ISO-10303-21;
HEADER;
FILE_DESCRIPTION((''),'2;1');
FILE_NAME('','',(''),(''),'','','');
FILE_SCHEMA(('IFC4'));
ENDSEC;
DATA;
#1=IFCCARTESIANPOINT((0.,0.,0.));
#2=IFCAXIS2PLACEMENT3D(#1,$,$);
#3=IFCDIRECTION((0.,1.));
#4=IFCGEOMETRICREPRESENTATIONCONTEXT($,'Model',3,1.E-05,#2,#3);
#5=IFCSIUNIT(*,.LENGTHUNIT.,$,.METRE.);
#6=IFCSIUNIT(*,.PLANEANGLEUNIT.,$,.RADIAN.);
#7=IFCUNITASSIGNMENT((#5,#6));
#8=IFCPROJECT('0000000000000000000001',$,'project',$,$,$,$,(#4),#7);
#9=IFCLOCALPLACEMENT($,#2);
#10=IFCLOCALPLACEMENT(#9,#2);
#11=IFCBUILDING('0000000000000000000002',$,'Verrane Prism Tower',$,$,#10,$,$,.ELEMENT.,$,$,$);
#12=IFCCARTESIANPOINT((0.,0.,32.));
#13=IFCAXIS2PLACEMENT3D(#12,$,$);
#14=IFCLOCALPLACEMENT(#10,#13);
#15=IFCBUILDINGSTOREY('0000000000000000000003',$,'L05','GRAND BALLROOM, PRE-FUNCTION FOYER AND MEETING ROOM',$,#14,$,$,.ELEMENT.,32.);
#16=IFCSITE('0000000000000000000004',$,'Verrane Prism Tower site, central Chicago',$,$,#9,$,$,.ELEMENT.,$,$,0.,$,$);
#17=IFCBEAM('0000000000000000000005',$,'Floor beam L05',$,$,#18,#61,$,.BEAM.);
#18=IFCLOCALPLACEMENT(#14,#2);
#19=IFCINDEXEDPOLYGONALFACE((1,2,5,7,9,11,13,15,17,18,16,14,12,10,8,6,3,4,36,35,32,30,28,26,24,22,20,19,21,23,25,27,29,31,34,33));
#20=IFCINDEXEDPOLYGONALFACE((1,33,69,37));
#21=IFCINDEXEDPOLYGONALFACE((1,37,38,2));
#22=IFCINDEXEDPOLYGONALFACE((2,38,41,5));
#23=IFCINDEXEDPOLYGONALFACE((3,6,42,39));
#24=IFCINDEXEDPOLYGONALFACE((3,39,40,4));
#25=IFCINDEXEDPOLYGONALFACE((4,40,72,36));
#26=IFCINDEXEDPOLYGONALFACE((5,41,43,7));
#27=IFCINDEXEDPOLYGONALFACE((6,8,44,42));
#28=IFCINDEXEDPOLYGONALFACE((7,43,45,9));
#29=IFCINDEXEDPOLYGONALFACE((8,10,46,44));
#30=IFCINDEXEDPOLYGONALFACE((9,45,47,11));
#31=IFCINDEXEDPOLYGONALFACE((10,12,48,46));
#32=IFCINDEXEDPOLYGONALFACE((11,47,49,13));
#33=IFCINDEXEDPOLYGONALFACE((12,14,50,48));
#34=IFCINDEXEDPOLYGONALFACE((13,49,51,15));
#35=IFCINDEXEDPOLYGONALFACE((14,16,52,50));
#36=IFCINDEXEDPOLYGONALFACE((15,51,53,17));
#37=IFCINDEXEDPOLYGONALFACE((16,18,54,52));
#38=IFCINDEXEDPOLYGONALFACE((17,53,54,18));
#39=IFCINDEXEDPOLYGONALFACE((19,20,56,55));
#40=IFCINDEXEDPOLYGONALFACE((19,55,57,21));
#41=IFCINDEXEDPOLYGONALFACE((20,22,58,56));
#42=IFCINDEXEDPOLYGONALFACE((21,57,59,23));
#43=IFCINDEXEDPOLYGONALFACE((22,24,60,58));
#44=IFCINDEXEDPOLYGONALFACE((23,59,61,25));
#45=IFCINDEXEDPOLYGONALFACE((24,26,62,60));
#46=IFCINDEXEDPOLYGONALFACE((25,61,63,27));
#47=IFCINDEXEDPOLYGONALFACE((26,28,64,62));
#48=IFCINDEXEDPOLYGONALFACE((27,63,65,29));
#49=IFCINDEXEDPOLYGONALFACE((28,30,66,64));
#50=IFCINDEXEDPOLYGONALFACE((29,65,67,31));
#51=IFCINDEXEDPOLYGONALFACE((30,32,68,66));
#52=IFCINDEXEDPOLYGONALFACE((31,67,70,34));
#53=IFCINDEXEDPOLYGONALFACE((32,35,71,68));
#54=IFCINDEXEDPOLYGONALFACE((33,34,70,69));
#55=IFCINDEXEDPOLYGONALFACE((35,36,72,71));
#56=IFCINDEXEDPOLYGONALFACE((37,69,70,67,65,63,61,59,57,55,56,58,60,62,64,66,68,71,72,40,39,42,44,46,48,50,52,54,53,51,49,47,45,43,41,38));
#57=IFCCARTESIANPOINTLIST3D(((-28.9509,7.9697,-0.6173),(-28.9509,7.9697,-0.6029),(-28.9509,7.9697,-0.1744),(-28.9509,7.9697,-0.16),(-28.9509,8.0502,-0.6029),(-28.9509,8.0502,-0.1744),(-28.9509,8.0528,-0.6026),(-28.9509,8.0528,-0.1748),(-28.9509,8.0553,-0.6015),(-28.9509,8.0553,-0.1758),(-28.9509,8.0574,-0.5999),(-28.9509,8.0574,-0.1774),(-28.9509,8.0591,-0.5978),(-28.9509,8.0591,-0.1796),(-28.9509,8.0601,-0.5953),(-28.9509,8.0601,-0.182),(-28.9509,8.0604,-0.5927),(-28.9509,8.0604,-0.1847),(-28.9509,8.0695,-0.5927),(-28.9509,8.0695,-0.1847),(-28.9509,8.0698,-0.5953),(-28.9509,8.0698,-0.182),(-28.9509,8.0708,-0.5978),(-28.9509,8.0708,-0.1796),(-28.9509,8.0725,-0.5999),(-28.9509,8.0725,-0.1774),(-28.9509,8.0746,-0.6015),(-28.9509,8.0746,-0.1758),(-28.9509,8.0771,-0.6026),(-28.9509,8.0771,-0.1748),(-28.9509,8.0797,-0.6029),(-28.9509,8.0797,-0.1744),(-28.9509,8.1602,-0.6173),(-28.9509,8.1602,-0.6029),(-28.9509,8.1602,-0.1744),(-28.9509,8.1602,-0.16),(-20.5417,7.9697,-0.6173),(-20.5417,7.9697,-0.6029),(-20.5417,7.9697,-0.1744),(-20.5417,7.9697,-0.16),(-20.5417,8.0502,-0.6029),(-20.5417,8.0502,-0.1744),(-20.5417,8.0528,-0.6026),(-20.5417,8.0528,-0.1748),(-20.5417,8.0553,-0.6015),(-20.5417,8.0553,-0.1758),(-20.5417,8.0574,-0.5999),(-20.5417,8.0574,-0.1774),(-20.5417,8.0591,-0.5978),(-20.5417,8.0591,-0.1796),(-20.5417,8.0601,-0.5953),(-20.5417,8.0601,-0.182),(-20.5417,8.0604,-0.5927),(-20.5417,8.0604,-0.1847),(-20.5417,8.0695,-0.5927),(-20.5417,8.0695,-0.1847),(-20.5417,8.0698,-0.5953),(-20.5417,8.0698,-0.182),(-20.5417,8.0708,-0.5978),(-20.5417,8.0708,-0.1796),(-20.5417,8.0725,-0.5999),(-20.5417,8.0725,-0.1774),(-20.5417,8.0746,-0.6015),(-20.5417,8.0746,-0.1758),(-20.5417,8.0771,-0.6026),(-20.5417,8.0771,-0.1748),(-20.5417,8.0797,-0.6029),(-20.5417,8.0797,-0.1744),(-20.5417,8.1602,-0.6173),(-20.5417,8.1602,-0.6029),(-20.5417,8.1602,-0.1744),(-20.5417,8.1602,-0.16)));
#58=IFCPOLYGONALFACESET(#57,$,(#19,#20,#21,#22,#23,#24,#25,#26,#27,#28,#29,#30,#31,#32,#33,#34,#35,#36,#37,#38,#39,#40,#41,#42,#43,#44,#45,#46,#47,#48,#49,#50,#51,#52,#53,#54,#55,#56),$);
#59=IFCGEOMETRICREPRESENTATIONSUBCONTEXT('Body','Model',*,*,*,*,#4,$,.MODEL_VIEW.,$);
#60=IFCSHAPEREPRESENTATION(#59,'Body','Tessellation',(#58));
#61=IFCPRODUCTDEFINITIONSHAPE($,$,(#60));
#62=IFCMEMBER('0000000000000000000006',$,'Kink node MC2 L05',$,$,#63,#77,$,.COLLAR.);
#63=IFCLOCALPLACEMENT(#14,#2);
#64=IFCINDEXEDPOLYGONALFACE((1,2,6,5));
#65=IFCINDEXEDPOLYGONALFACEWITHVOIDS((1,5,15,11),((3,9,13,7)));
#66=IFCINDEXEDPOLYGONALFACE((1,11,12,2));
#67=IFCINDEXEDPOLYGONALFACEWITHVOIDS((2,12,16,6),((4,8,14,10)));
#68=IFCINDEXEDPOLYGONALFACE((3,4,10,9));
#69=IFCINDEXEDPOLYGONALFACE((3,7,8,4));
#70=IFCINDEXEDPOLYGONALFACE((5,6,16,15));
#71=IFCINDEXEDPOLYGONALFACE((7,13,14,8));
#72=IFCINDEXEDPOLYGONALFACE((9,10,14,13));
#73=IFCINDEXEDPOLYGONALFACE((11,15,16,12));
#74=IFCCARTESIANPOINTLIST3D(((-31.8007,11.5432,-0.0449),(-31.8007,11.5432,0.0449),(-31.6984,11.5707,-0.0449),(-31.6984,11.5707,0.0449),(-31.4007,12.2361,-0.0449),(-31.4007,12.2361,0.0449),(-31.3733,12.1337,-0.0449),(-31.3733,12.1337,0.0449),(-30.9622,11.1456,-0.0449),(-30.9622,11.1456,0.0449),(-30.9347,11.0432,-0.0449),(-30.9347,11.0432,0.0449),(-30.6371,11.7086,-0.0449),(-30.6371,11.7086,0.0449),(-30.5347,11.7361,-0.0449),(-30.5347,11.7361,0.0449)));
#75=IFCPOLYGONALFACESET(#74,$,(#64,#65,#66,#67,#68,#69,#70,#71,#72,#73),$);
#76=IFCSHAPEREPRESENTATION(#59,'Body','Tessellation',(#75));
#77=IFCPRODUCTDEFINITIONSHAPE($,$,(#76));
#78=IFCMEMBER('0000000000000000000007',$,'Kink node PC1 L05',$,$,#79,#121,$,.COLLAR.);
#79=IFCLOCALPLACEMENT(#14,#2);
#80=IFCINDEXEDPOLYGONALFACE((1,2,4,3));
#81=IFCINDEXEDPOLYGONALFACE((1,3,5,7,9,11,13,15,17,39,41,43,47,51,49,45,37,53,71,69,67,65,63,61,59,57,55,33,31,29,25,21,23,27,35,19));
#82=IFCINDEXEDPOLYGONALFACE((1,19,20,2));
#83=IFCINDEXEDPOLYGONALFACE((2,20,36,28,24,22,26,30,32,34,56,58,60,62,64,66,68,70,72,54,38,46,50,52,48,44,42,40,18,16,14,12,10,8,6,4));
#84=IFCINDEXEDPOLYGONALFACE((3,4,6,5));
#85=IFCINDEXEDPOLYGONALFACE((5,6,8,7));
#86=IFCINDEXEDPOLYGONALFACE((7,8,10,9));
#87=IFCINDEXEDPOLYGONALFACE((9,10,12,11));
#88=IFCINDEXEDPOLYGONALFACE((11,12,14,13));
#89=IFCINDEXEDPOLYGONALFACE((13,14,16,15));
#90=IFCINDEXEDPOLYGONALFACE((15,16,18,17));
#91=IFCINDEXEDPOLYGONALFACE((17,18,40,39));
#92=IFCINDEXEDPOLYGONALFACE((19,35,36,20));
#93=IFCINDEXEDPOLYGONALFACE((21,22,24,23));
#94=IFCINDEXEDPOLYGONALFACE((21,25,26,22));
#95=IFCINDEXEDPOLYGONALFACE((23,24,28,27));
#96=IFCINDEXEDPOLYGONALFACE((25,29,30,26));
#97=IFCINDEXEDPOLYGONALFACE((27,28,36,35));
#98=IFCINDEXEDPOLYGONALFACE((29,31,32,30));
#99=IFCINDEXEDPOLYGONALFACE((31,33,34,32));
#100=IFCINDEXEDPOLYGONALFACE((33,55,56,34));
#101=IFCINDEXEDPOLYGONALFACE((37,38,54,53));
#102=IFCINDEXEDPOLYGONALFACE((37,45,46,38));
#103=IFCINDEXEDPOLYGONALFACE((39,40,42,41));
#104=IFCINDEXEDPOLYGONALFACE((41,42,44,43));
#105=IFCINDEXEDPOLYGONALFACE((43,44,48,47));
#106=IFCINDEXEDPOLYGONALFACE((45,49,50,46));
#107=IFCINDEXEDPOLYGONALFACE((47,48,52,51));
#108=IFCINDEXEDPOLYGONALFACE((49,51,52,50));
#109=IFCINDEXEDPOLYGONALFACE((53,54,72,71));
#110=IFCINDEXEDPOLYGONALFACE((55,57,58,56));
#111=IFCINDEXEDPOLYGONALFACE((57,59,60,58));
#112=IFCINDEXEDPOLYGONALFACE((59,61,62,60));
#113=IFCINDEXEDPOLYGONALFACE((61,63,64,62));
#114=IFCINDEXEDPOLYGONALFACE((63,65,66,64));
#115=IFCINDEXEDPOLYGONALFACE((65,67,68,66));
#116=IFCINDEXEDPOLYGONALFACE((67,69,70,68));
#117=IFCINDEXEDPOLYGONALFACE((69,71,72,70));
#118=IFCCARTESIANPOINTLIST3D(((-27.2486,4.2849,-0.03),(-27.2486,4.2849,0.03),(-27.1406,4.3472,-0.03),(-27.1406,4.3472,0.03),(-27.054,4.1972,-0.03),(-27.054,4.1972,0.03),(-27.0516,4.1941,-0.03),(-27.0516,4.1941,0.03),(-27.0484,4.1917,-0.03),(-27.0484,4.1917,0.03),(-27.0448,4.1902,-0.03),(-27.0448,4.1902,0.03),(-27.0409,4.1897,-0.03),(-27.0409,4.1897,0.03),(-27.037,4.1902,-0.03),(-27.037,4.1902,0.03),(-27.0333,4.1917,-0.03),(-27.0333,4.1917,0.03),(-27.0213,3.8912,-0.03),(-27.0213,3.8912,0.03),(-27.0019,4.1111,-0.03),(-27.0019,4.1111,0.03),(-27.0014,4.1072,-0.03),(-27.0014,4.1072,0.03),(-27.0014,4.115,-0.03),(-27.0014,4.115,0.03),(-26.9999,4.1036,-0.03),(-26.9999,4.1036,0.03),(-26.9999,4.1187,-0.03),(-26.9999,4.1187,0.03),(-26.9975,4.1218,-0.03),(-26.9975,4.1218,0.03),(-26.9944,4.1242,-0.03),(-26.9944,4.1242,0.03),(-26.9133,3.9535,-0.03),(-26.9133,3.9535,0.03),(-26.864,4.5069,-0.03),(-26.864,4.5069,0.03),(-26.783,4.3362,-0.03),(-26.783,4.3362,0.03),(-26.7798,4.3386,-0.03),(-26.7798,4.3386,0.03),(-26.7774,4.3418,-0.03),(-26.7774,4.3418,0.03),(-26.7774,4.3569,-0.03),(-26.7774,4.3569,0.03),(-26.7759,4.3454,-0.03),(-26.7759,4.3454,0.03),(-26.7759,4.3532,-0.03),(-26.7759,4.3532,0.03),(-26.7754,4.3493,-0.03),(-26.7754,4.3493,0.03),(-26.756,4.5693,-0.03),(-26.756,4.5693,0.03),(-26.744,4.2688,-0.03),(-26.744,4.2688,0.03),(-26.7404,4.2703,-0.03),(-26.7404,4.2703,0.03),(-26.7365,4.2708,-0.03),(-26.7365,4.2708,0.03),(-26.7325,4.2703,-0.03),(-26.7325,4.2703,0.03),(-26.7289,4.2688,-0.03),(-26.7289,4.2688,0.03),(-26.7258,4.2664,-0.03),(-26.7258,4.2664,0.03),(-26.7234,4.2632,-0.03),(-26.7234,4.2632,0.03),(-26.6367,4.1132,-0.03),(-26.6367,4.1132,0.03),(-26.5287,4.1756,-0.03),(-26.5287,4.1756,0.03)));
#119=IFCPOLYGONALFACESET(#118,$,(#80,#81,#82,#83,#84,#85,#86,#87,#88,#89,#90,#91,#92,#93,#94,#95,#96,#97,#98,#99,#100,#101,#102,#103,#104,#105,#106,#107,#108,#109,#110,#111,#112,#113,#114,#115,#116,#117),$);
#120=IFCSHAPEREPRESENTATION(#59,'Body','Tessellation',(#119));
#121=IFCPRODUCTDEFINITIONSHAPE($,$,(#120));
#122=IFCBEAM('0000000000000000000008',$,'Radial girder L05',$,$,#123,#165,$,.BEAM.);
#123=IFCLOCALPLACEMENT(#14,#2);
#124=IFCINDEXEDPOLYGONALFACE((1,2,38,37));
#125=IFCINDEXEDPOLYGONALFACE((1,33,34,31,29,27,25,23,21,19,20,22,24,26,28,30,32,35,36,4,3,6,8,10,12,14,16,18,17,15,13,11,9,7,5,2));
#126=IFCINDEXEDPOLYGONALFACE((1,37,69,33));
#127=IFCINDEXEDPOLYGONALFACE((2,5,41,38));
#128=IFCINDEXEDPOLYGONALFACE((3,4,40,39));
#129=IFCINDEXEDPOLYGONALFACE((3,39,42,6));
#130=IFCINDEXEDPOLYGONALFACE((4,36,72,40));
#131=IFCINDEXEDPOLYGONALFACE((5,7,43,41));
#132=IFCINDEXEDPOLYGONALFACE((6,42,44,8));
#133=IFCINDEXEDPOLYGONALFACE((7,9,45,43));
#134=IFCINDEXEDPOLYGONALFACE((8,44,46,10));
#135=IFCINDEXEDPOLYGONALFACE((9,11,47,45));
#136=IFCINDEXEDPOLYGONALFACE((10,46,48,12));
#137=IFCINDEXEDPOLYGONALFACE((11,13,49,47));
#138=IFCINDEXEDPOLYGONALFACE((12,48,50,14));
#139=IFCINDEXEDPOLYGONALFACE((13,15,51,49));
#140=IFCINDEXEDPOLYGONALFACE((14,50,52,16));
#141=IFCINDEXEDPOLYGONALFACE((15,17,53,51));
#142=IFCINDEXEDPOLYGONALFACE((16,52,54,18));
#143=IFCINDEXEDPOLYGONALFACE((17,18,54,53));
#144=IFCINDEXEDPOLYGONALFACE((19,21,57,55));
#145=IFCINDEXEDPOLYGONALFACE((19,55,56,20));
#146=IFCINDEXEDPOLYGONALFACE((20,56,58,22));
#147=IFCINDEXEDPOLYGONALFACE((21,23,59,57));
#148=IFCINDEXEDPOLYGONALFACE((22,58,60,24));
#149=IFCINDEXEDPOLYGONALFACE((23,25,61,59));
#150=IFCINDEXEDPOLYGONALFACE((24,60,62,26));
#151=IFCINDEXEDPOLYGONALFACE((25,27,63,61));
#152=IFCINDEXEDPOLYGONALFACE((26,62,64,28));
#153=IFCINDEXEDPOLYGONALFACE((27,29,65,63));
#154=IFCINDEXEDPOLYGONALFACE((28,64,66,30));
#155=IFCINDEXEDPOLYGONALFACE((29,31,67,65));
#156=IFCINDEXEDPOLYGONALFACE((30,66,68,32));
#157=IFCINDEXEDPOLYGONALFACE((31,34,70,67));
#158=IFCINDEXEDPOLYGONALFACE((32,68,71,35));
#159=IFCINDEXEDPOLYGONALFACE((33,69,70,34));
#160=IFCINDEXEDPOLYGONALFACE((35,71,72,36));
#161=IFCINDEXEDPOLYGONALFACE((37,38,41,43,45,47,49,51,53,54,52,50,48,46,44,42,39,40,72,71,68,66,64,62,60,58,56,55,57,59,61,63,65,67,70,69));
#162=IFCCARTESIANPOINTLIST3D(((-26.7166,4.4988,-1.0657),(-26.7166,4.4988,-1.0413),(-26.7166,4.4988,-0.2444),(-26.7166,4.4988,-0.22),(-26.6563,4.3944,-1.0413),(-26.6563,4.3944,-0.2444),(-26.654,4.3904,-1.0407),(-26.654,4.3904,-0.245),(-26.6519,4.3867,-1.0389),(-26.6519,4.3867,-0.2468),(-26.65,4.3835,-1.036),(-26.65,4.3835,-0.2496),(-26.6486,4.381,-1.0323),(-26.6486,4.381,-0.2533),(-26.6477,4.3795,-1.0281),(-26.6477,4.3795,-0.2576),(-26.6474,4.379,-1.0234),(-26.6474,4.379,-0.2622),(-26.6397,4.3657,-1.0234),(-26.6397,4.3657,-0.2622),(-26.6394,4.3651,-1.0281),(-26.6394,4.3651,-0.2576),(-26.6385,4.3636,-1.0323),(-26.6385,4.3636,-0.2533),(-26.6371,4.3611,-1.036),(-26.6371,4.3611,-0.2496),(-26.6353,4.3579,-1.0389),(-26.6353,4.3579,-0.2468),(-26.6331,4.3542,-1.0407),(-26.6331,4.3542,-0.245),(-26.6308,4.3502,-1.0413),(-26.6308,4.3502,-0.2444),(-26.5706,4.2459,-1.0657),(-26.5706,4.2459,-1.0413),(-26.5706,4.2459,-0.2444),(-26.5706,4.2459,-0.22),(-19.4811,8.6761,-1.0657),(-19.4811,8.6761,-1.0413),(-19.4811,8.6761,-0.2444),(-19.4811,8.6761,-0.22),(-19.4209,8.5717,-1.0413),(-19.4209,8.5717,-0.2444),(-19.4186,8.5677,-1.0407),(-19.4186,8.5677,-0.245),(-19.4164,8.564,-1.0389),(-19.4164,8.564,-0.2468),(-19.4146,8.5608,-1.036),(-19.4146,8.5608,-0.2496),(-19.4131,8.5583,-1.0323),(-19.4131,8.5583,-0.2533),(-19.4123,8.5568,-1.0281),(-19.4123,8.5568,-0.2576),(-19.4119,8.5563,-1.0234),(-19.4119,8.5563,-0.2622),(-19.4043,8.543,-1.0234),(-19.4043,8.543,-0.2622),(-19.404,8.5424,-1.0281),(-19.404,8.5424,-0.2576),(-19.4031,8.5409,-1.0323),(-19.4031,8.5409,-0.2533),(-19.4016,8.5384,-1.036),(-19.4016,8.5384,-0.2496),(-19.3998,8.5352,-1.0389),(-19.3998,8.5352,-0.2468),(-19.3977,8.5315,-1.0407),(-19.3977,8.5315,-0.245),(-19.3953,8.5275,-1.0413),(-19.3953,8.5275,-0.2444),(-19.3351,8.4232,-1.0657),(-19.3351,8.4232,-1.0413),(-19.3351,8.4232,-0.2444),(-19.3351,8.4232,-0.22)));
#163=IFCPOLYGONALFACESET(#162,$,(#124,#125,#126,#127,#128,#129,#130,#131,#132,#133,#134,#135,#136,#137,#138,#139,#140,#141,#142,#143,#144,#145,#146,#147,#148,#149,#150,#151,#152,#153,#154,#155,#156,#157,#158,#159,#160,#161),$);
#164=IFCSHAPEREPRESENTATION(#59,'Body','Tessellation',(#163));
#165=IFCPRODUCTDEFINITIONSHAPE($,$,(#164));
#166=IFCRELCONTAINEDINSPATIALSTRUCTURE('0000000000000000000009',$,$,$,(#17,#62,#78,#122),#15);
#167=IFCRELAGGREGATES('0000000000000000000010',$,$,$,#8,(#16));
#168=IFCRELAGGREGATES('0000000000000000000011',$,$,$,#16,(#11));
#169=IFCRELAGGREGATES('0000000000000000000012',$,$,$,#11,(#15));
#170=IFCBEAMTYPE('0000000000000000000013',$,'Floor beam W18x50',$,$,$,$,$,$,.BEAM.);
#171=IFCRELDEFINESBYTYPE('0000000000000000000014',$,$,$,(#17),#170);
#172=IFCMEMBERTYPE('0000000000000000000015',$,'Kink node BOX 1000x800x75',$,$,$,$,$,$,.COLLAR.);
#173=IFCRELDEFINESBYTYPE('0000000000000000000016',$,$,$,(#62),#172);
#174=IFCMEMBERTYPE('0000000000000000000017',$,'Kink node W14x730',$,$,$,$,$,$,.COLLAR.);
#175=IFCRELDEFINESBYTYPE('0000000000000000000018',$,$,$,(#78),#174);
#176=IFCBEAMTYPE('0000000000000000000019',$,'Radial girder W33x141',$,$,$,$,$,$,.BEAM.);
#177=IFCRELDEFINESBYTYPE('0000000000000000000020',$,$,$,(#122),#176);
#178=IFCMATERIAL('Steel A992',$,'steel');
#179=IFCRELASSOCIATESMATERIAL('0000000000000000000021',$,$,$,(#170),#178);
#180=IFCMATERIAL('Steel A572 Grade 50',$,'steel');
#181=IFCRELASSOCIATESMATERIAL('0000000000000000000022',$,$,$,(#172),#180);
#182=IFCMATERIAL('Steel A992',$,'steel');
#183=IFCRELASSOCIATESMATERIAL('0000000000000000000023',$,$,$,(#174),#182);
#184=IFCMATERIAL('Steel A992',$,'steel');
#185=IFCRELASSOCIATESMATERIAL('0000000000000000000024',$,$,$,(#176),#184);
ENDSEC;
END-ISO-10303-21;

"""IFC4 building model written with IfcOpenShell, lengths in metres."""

from ifc_helpers import new_model, si_unit, direction, frame, origin, origin_2d, place, context, subcontext, project, spatial, hollow_rectangle, i_section, extrude, material, material_profile, profile_set, type_object, element, save


model = new_model("IFC4")

# Units and contexts
model_context = context("Model", 3, precision=1e-05, world=origin(), true_north=direction((0.0, 1.0)))
body_context = subcontext(model_context, "Body", "Model", "MODEL_VIEW")
ifc_project = project(units=[si_unit("LENGTHUNIT", "METRE"), si_unit("PLANEANGLEUNIT", "RADIAN")], contexts=[model_context])

# Site, building, storey
site_placement = place(None, origin())
site = spatial("IfcSite", under=ifc_project, at=site_placement, Name="Verrane Prism Tower site, central Chicago", CompositionType="ELEMENT", RefElevation=0.0)
building_placement = place(site_placement, origin())
building = spatial("IfcBuilding", under=site, at=building_placement, Name="Verrane Prism Tower", CompositionType="ELEMENT")
storey_placement = place(building_placement, frame((0.0, 0.0, 32.0)))
storey = spatial("IfcBuildingStorey", under=building, at=storey_placement, Name="L05", Description="GRAND BALLROOM, PRE-FUNCTION FOYER AND MEETING ROOM", CompositionType="ELEMENT", Elevation=32.0)

# Beam
ifc_material_1 = material(Name="Steel A992", Category="steel")
ifc_material_profile_1 = material_profile(ifc_material_1, i_section(OverallWidth=0.1904, OverallDepth=0.4573, WebThickness=0.009, FlangeThickness=0.0144, FilletRadius=0.0103, at=origin_2d()), Name="W18x50")
ifc_profile_set_1 = profile_set([ifc_material_profile_1], Name="Steel A992")
beam_type_1 = type_object("IfcBeamType", Name="Floor beam W18x50", PredefinedType="BEAM", material=ifc_profile_set_1)
beam_1_placement = place(storey_placement, frame((-28.9509, 8.0649, -0.3887), z_axis=(1.0, 0.0, 0.0), x_axis=(0.0, 1.0, 0.0)))
element("IfcBeam", 1, at=beam_1_placement, inside=storey, type_object=beam_type_1, Name="Floor beam L05", PredefinedType="BEAM", context=body_context, shape_type="SweptSolid", body=[
    extrude(i_section(OverallWidth=0.1904, OverallDepth=0.4573, WebThickness=0.009, FlangeThickness=0.0144, FilletRadius=0.0103, at=origin_2d()), origin(), (0.0, 0.0, 1.0), 8.4092),
])

# Members
ifc_material_2 = material(Name="Steel A572 Grade 50", Category="steel")
ifc_material_profile_2 = material_profile(ifc_material_2, hollow_rectangle(XDim=0.8, YDim=1.0, WallThickness=0.075, at=origin_2d()), Name="BOX 1000x800x75")
ifc_profile_set_2 = profile_set([ifc_material_profile_2], Name="Steel A572 Grade 50")
member_type_1 = type_object("IfcMemberType", Name="Kink node BOX 1000x800x75", PredefinedType="COLLAR", material=ifc_profile_set_2)
member_1_placement = place(storey_placement, frame((-31.1677, 11.6396, -0.0449), z_axis=(0.0, 0.0, 1.0), x_axis=(0.5, 0.866025, 0.0)))
element("IfcMember", 2, at=member_1_placement, inside=storey, type_object=member_type_1, Name="Kink node MC2 L05", PredefinedType="COLLAR", context=body_context, shape_type="SweptSolid", body=[
    extrude(hollow_rectangle(XDim=0.8, YDim=1.0, WallThickness=0.075, at=origin_2d()), origin(), (0.0, 0.0, 1.0), 0.0898),
])
ifc_material_3 = material(Name="Steel A992", Category="steel")
ifc_material_profile_3 = material_profile(ifc_material_3, i_section(OverallWidth=0.4546, OverallDepth=0.5688, WebThickness=0.0779, FlangeThickness=0.1248, FilletRadius=0.0151, at=origin_2d()), Name="W14x730")
ifc_profile_set_3 = profile_set([ifc_material_profile_3], Name="Steel A992")
member_type_2 = type_object("IfcMemberType", Name="Kink node W14x730", PredefinedType="COLLAR", material=ifc_profile_set_3)
member_2_placement = place(storey_placement, frame((-26.8887, 4.2302, -0.03), z_axis=(0.0, 0.0, 1.0), x_axis=(-0.5, 0.866025, 0.0)))
element("IfcMember", 3, at=member_2_placement, inside=storey, type_object=member_type_2, Name="Kink node PC1 L05", PredefinedType="COLLAR", context=body_context, shape_type="SweptSolid", body=[
    extrude(i_section(OverallWidth=0.4546, OverallDepth=0.5688, WebThickness=0.0779, FlangeThickness=0.1248, FilletRadius=0.0151, at=origin_2d()), origin(), (0.0, 0.0, 1.0), 0.0601),
])

# Beam
ifc_material_4 = material(Name="Steel A992", Category="steel")
ifc_material_profile_4 = material_profile(ifc_material_4, i_section(OverallWidth=0.292, OverallDepth=0.8457, WebThickness=0.0154, FlangeThickness=0.0244, FilletRadius=0.0178, at=origin_2d()), Name="W33x141")
ifc_profile_set_4 = profile_set([ifc_material_profile_4], Name="Steel A992")
beam_type_2 = type_object("IfcBeamType", Name="Radial girder W33x141", PredefinedType="BEAM", material=ifc_profile_set_4)
beam_2_placement = place(storey_placement, frame((-26.6436, 4.3723, -0.6428), z_axis=(0.86603, 0.499992, 0.0), x_axis=(-0.499992, 0.86603, 0.0)))
element("IfcBeam", 4, at=beam_2_placement, inside=storey, type_object=beam_type_2, Name="Radial girder L05", PredefinedType="BEAM", context=body_context, shape_type="SweptSolid", body=[
    extrude(i_section(OverallWidth=0.292, OverallDepth=0.8457, WebThickness=0.0154, FlangeThickness=0.0244, FilletRadius=0.0178, at=origin_2d()), origin(), (0.0, 0.0, 1.0), 8.3547),
])

save(model, "model.ifc")
